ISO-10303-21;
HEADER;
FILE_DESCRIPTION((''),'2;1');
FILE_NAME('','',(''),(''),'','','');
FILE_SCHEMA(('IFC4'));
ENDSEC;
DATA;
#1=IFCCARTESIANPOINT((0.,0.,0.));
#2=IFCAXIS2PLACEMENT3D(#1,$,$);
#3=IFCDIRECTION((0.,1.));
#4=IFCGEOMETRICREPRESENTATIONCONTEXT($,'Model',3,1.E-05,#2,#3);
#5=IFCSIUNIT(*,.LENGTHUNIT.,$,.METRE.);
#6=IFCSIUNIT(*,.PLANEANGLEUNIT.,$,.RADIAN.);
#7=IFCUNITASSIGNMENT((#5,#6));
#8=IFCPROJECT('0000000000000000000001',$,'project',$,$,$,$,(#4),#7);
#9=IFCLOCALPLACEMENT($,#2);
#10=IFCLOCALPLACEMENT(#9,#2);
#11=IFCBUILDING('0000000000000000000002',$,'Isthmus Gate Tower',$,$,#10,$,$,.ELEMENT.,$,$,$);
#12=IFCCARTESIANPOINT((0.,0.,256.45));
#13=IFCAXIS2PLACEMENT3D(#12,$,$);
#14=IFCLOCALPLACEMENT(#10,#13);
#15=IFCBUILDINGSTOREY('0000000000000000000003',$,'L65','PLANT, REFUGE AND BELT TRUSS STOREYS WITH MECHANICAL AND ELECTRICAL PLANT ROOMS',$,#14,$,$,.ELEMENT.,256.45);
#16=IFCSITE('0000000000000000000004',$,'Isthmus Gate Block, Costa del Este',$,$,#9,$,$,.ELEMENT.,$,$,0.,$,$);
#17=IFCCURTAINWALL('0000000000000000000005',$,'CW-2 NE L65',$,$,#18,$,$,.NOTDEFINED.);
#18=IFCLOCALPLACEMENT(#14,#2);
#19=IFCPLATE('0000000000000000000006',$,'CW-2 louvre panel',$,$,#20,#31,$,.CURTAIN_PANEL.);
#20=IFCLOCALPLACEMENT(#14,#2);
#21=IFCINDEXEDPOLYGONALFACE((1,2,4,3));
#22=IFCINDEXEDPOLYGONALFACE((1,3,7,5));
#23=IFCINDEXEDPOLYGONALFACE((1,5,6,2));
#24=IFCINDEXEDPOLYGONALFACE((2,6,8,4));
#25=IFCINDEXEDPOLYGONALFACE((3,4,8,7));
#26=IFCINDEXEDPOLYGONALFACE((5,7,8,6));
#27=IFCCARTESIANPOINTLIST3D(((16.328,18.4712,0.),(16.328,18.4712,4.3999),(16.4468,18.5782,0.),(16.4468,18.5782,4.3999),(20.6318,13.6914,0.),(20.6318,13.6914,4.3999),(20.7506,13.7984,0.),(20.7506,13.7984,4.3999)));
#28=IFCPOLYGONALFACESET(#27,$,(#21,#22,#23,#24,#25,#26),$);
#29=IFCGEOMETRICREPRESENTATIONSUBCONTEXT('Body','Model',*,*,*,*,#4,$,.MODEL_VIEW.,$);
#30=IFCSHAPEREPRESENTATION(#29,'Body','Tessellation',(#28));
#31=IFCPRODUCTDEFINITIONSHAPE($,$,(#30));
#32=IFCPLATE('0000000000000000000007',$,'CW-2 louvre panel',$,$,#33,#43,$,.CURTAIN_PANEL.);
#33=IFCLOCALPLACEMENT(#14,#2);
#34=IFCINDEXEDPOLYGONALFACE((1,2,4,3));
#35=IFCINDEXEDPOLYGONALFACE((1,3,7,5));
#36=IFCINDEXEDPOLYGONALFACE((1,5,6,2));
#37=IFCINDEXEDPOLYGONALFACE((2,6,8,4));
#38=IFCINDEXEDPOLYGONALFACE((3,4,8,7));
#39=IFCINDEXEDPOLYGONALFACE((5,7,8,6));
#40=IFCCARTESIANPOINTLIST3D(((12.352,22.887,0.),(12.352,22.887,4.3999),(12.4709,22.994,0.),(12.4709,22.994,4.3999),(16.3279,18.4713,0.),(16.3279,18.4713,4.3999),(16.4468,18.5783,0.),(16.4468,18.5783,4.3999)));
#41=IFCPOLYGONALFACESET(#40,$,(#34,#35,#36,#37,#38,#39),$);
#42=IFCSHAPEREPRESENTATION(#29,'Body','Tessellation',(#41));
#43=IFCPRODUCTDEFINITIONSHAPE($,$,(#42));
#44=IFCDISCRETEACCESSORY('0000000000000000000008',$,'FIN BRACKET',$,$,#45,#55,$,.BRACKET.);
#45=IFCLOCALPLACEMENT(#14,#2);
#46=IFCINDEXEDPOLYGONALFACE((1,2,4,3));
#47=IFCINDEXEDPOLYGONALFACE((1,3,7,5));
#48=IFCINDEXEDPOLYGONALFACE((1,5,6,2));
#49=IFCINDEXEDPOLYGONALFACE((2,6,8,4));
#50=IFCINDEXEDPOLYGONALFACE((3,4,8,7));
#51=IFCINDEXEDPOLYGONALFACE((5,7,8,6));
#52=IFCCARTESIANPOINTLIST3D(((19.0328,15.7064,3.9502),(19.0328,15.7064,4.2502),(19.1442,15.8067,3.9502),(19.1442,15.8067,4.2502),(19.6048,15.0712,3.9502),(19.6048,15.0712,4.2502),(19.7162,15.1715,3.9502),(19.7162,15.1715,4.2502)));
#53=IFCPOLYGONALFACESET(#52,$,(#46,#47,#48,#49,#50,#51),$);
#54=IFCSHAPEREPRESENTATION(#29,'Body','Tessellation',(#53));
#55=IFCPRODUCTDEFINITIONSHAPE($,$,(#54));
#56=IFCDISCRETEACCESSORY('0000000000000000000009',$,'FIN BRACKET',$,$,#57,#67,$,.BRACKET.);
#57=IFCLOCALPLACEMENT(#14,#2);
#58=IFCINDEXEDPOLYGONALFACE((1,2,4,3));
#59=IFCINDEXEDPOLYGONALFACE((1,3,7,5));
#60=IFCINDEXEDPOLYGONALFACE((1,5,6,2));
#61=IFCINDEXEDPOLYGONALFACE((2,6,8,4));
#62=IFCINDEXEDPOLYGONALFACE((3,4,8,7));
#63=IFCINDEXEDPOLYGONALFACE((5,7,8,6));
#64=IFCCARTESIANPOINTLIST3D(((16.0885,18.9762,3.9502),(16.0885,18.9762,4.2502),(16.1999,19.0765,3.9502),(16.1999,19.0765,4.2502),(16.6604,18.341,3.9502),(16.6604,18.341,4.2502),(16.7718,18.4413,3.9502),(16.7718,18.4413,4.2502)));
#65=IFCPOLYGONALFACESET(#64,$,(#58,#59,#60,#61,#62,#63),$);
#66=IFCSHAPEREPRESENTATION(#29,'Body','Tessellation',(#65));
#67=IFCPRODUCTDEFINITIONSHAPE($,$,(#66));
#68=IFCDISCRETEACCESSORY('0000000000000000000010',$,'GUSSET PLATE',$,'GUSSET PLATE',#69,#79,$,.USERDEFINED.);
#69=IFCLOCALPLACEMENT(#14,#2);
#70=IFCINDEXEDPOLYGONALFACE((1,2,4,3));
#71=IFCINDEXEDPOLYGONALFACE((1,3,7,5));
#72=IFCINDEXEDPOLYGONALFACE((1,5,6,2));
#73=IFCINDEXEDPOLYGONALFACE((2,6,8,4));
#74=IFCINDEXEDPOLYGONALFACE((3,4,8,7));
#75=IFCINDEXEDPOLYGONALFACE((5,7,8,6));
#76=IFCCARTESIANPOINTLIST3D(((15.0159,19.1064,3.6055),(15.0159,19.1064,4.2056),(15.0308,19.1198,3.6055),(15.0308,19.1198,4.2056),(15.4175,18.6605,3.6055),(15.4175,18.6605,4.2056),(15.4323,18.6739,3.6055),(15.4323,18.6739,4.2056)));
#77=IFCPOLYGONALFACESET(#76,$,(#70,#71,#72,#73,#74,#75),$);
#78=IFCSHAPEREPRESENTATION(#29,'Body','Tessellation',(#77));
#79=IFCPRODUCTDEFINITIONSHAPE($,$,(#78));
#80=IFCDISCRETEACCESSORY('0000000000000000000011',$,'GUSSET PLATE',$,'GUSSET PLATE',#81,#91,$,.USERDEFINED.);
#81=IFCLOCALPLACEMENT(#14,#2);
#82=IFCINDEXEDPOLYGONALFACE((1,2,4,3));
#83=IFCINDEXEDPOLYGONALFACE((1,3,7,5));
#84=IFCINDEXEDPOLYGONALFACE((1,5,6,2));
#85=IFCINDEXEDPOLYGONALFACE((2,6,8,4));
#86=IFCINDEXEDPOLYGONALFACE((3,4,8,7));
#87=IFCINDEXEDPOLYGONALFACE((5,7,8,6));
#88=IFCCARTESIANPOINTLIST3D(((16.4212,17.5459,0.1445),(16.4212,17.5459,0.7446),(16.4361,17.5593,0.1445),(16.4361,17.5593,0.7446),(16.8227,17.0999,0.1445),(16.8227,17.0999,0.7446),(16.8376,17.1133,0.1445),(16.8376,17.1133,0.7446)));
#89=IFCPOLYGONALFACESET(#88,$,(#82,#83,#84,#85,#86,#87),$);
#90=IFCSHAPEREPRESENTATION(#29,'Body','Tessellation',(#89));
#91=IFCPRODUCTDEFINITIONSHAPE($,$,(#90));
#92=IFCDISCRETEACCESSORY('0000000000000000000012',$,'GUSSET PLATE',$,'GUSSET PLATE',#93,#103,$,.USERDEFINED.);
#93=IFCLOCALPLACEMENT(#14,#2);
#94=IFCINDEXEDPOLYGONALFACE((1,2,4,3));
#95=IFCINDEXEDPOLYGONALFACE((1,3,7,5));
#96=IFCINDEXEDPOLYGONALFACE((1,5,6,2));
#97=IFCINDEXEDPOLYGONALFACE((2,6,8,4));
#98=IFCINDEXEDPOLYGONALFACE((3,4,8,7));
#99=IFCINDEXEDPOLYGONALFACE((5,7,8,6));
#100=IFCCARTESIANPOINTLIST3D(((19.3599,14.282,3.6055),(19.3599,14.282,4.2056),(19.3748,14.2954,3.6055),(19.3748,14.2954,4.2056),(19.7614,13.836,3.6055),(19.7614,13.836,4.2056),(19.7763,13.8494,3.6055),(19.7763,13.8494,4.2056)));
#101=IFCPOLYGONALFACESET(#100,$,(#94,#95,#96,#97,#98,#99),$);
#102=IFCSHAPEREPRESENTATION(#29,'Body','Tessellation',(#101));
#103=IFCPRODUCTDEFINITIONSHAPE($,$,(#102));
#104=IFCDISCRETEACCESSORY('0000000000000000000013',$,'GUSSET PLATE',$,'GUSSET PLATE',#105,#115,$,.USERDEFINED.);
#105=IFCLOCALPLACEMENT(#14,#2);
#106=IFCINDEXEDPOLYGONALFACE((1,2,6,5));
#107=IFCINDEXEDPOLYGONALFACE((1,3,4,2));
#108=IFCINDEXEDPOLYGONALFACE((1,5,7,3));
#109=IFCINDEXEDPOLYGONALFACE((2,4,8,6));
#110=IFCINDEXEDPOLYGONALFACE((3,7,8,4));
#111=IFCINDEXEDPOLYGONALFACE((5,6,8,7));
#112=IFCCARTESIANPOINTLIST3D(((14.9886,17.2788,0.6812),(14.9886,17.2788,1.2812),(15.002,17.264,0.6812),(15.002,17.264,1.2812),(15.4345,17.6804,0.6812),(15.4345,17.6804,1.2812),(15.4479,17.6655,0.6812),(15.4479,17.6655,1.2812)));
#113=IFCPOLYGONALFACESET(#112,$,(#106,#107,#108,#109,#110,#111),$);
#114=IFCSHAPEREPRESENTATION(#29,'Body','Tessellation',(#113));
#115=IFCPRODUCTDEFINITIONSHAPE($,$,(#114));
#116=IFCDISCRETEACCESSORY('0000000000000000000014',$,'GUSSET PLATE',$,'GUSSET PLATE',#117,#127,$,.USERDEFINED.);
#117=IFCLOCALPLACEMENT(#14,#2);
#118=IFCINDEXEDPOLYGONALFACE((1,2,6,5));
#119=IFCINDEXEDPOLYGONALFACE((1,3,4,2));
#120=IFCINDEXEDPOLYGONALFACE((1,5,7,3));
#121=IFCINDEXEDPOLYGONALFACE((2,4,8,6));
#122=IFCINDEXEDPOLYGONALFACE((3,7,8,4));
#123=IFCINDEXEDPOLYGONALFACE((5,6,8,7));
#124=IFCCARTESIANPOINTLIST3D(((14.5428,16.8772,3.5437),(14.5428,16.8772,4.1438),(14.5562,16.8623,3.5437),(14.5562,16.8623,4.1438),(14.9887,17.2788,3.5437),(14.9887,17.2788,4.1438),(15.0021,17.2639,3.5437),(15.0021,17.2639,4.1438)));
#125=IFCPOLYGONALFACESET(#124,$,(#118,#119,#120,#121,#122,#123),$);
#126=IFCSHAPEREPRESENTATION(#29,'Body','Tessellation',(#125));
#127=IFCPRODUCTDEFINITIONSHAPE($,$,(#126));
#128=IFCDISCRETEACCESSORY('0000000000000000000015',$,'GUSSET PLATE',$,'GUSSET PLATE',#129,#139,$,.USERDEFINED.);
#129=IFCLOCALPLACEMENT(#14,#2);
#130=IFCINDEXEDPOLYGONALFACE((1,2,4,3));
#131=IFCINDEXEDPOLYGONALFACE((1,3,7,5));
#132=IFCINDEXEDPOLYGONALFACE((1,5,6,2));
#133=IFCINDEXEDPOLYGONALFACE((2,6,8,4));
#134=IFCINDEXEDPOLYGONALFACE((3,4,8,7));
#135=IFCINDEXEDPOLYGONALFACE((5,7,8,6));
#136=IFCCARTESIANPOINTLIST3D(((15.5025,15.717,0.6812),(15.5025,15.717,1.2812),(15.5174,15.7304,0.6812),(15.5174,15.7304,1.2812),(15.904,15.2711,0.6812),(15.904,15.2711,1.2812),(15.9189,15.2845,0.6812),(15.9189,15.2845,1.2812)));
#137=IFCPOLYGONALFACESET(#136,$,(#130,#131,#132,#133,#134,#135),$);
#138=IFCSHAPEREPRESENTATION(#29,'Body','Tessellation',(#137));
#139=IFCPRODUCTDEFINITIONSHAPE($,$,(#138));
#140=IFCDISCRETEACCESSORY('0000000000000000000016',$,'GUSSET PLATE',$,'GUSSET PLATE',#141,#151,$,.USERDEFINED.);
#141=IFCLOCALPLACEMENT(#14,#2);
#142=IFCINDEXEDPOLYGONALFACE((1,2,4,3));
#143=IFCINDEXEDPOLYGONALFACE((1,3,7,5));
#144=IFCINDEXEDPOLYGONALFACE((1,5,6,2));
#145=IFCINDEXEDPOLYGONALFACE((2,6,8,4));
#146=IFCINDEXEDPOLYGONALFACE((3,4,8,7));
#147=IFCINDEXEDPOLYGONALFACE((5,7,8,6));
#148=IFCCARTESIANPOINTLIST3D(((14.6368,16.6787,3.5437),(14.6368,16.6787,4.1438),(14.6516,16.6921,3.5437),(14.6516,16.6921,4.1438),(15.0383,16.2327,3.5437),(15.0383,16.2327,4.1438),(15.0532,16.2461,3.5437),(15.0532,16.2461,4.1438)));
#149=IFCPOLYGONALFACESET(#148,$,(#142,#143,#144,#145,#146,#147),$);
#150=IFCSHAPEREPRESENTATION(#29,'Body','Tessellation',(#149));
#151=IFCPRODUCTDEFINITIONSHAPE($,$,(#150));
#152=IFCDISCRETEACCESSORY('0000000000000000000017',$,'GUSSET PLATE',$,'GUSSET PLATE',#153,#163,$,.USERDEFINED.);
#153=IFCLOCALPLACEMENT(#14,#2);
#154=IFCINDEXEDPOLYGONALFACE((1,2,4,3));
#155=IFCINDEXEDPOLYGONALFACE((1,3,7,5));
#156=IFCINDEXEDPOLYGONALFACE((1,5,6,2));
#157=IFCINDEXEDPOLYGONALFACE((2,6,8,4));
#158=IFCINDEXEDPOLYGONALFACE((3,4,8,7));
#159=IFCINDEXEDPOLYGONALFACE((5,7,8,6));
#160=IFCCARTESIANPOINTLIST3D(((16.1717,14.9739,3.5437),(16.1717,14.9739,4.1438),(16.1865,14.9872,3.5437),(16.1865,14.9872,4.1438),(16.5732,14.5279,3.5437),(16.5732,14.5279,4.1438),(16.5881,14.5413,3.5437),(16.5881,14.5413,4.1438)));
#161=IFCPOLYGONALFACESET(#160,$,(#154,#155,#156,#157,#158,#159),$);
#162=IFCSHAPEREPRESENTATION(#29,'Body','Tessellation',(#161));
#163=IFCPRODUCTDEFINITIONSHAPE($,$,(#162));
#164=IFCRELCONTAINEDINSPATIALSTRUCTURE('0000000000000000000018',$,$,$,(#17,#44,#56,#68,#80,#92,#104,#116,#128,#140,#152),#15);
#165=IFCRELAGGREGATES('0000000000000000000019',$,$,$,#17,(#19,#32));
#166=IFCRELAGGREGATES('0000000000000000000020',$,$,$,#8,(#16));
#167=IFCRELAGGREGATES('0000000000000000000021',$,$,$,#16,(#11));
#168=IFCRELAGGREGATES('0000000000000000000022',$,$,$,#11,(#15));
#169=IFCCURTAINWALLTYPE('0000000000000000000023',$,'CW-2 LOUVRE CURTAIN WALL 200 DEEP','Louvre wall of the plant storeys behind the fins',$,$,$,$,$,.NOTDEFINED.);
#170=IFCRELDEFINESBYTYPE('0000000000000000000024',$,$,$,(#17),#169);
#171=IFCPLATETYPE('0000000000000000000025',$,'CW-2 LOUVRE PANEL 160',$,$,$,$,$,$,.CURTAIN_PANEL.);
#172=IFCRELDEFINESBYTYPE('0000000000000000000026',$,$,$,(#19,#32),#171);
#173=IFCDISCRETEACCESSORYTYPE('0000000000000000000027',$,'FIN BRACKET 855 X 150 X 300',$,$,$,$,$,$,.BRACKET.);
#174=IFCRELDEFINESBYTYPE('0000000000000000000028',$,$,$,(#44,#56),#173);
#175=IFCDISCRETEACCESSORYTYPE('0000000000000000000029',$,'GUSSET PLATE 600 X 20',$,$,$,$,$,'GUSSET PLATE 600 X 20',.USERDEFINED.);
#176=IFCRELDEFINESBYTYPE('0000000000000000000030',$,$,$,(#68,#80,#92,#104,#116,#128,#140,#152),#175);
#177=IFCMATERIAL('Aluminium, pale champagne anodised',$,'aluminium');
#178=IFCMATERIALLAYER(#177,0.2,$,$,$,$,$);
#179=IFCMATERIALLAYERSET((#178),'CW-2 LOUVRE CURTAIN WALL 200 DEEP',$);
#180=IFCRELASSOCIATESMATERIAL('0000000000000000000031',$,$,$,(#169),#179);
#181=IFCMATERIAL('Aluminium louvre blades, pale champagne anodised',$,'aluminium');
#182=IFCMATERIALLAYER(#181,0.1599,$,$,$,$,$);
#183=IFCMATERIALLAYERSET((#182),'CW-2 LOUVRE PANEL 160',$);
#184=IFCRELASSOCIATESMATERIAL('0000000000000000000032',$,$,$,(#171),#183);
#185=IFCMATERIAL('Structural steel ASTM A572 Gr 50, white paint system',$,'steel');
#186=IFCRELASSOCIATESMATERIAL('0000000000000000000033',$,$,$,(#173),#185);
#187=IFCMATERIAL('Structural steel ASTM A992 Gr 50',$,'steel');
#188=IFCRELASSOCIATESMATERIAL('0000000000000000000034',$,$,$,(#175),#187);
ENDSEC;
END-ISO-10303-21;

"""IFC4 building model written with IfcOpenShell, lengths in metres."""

from ifc_helpers import new_model, si_unit, direction, frame, origin, origin_2d, place, context, subcontext, project, spatial, rectangle, extrude, material, layer, layer_set, type_object, element, aggregate, save


model = new_model("IFC4")

# Units and contexts
model_context = context("Model", 3, precision=1e-05, world=origin(), true_north=direction((0.0, 1.0)))
body_context = subcontext(model_context, "Body", "Model", "MODEL_VIEW")
ifc_project = project(units=[si_unit("LENGTHUNIT", "METRE"), si_unit("PLANEANGLEUNIT", "RADIAN")], contexts=[model_context])

# Site, building, storey
site_placement = place(None, origin())
site = spatial("IfcSite", under=ifc_project, at=site_placement, Name="Isthmus Gate Block, Costa del Este", CompositionType="ELEMENT", RefElevation=0.0)
building_placement = place(site_placement, origin())
building = spatial("IfcBuilding", under=site, at=building_placement, Name="Isthmus Gate Tower", CompositionType="ELEMENT")
storey_placement = place(building_placement, frame((0.0, 0.0, 256.45)))
storey = spatial("IfcBuildingStorey", under=building, at=storey_placement, Name="L65", Description="PLANT, REFUGE AND BELT TRUSS STOREYS WITH MECHANICAL AND ELECTRICAL PLANT ROOMS", CompositionType="ELEMENT", Elevation=256.45)

# Curtain wall
ifc_material_1 = material(Name="Aluminium, pale champagne anodised", Category="aluminium")
ifc_layer_1 = layer(ifc_material_1, 0.2)
ifc_layer_set_1 = layer_set([ifc_layer_1], Name="CW-2 LOUVRE CURTAIN WALL 200 DEEP")
curtain_wall_type = type_object("IfcCurtainWallType", Name="CW-2 LOUVRE CURTAIN WALL 200 DEEP", Description="Louvre wall of the plant storeys behind the fins", PredefinedType="NOTDEFINED", material=ifc_layer_set_1)
curtain_wall_placement = place(storey_placement, origin())
curtain_wall = element("IfcCurtainWall", 1, at=curtain_wall_placement, inside=storey, type_object=curtain_wall_type, Name="CW-2 NE L65", PredefinedType="NOTDEFINED")

# Plates
ifc_material_2 = material(Name="Aluminium louvre blades, pale champagne anodised", Category="aluminium")
ifc_layer_2 = layer(ifc_material_2, 0.1599)
ifc_layer_set_2 = layer_set([ifc_layer_2], Name="CW-2 LOUVRE PANEL 160")
plate_type = type_object("IfcPlateType", Name="CW-2 LOUVRE PANEL 160", PredefinedType="CURTAIN_PANEL", material=ifc_layer_set_2)
plate_1_placement = place(storey_placement, frame((18.5393, 16.1348, 0.0), z_axis=(0.0, 0.0, 1.0), x_axis=(-0.669131, 0.743145, 0.0)))
plate_1 = element("IfcPlate", 2, at=plate_1_placement, type_object=plate_type, Name="CW-2 louvre panel", PredefinedType="CURTAIN_PANEL", context=body_context, shape_type="SweptSolid", body=[
    extrude(rectangle(XDim=6.4319, YDim=0.1599, at=origin_2d()), origin(), (0.0, 0.0, 1.0), 4.3999),
])
plate_2_placement = place(storey_placement, frame((14.3994, 20.7327, 0.0), z_axis=(0.0, 0.0, 1.0), x_axis=(-0.669131, 0.743145, 0.0)))
plate_2 = element("IfcPlate", 3, at=plate_2_placement, type_object=plate_type, Name="CW-2 louvre panel", PredefinedType="CURTAIN_PANEL", context=body_context, shape_type="SweptSolid", body=[
    extrude(rectangle(XDim=5.9419, YDim=0.1599, at=origin_2d()), origin(), (0.0, 0.0, 1.0), 4.3999),
])
aggregate(curtain_wall, [plate_1, plate_2])

# Discrete accessories
ifc_material_3 = material(Name="Structural steel ASTM A572 Gr 50, white paint system", Category="steel")
discrete_accessory_type_1 = type_object("IfcDiscreteAccessoryType", Name="FIN BRACKET 855 X 150 X 300", PredefinedType="BRACKET", material=ifc_material_3)
for number, where, z_axis, x_axis, name in (
    (4, (19.3745, 15.439, 3.9502), (0.0, 0.0, 1.0), (0.743145, 0.669131, 0.0), "FIN BRACKET"),
    (5, (16.4302, 18.7087, 3.9502), (0.0, 0.0, 1.0), (0.743145, 0.669131, 0.0), "FIN BRACKET"),
):
    element("IfcDiscreteAccessory", number, at=place(storey_placement, frame(where, z_axis=z_axis, x_axis=x_axis)), inside=storey, type_object=discrete_accessory_type_1, Name=name, PredefinedType="BRACKET", context=body_context, shape_type="SweptSolid", body=[
        extrude(rectangle(XDim=0.1499, YDim=0.8547, at=origin_2d()), origin(), (0.0, 0.0, 1.0), 0.3),
    ])
ifc_material_4 = material(Name="Structural steel ASTM A992 Gr 50", Category="steel")
discrete_accessory_type_2 = type_object("IfcDiscreteAccessoryType", Name="GUSSET PLATE 600 X 20", ElementType="GUSSET PLATE 600 X 20", PredefinedType="USERDEFINED", material=ifc_material_4)
for number, where, z_axis, x_axis, name in (
    (6, (15.2241, 18.8901, 3.6055), (0.0, 0.0, 1.0), (0.669131, -0.743145, 0.0), "GUSSET PLATE"),
    (7, (16.6294, 17.3296, 0.1445), (0.0, 0.0, 1.0), (0.669131, -0.743145, 0.0), "GUSSET PLATE"),
    (8, (19.5681, 14.0657, 3.6055), (0.0, 0.0, 1.0), (0.669131, -0.743145, 0.0), "GUSSET PLATE"),
    (9, (15.2183, 17.4722, 0.6812), (0.0, 0.0, 1.0), (-0.743145, -0.669131, 0.0), "GUSSET PLATE"),
    (10, (14.7725, 17.0706, 3.5437), (0.0, 0.0, 1.0), (-0.743145, -0.669131, 0.0), "GUSSET PLATE"),
    (11, (15.7107, 15.5007, 0.6812), (0.0, 0.0, 1.0), (-0.669131, 0.743145, 0.0), "GUSSET PLATE"),
    (12, (14.845, 16.4624, 3.5437), (0.0, 0.0, 1.0), (-0.669131, 0.743145, 0.0), "GUSSET PLATE"),
    (13, (16.3799, 14.7576, 3.5437), (0.0, 0.0, 1.0), (-0.669131, 0.743145, 0.0), "GUSSET PLATE"),
):
    element("IfcDiscreteAccessory", number, at=place(storey_placement, frame(where, z_axis=z_axis, x_axis=x_axis)), inside=storey, type_object=discrete_accessory_type_2, Name=name, ObjectType="GUSSET PLATE", PredefinedType="USERDEFINED", context=body_context, shape_type="SweptSolid", body=[
        extrude(rectangle(XDim=0.6001, YDim=0.02, at=origin_2d()), origin(), (0.0, 0.0, 1.0), 0.6001),
    ])

save(model, "model.ifc")
